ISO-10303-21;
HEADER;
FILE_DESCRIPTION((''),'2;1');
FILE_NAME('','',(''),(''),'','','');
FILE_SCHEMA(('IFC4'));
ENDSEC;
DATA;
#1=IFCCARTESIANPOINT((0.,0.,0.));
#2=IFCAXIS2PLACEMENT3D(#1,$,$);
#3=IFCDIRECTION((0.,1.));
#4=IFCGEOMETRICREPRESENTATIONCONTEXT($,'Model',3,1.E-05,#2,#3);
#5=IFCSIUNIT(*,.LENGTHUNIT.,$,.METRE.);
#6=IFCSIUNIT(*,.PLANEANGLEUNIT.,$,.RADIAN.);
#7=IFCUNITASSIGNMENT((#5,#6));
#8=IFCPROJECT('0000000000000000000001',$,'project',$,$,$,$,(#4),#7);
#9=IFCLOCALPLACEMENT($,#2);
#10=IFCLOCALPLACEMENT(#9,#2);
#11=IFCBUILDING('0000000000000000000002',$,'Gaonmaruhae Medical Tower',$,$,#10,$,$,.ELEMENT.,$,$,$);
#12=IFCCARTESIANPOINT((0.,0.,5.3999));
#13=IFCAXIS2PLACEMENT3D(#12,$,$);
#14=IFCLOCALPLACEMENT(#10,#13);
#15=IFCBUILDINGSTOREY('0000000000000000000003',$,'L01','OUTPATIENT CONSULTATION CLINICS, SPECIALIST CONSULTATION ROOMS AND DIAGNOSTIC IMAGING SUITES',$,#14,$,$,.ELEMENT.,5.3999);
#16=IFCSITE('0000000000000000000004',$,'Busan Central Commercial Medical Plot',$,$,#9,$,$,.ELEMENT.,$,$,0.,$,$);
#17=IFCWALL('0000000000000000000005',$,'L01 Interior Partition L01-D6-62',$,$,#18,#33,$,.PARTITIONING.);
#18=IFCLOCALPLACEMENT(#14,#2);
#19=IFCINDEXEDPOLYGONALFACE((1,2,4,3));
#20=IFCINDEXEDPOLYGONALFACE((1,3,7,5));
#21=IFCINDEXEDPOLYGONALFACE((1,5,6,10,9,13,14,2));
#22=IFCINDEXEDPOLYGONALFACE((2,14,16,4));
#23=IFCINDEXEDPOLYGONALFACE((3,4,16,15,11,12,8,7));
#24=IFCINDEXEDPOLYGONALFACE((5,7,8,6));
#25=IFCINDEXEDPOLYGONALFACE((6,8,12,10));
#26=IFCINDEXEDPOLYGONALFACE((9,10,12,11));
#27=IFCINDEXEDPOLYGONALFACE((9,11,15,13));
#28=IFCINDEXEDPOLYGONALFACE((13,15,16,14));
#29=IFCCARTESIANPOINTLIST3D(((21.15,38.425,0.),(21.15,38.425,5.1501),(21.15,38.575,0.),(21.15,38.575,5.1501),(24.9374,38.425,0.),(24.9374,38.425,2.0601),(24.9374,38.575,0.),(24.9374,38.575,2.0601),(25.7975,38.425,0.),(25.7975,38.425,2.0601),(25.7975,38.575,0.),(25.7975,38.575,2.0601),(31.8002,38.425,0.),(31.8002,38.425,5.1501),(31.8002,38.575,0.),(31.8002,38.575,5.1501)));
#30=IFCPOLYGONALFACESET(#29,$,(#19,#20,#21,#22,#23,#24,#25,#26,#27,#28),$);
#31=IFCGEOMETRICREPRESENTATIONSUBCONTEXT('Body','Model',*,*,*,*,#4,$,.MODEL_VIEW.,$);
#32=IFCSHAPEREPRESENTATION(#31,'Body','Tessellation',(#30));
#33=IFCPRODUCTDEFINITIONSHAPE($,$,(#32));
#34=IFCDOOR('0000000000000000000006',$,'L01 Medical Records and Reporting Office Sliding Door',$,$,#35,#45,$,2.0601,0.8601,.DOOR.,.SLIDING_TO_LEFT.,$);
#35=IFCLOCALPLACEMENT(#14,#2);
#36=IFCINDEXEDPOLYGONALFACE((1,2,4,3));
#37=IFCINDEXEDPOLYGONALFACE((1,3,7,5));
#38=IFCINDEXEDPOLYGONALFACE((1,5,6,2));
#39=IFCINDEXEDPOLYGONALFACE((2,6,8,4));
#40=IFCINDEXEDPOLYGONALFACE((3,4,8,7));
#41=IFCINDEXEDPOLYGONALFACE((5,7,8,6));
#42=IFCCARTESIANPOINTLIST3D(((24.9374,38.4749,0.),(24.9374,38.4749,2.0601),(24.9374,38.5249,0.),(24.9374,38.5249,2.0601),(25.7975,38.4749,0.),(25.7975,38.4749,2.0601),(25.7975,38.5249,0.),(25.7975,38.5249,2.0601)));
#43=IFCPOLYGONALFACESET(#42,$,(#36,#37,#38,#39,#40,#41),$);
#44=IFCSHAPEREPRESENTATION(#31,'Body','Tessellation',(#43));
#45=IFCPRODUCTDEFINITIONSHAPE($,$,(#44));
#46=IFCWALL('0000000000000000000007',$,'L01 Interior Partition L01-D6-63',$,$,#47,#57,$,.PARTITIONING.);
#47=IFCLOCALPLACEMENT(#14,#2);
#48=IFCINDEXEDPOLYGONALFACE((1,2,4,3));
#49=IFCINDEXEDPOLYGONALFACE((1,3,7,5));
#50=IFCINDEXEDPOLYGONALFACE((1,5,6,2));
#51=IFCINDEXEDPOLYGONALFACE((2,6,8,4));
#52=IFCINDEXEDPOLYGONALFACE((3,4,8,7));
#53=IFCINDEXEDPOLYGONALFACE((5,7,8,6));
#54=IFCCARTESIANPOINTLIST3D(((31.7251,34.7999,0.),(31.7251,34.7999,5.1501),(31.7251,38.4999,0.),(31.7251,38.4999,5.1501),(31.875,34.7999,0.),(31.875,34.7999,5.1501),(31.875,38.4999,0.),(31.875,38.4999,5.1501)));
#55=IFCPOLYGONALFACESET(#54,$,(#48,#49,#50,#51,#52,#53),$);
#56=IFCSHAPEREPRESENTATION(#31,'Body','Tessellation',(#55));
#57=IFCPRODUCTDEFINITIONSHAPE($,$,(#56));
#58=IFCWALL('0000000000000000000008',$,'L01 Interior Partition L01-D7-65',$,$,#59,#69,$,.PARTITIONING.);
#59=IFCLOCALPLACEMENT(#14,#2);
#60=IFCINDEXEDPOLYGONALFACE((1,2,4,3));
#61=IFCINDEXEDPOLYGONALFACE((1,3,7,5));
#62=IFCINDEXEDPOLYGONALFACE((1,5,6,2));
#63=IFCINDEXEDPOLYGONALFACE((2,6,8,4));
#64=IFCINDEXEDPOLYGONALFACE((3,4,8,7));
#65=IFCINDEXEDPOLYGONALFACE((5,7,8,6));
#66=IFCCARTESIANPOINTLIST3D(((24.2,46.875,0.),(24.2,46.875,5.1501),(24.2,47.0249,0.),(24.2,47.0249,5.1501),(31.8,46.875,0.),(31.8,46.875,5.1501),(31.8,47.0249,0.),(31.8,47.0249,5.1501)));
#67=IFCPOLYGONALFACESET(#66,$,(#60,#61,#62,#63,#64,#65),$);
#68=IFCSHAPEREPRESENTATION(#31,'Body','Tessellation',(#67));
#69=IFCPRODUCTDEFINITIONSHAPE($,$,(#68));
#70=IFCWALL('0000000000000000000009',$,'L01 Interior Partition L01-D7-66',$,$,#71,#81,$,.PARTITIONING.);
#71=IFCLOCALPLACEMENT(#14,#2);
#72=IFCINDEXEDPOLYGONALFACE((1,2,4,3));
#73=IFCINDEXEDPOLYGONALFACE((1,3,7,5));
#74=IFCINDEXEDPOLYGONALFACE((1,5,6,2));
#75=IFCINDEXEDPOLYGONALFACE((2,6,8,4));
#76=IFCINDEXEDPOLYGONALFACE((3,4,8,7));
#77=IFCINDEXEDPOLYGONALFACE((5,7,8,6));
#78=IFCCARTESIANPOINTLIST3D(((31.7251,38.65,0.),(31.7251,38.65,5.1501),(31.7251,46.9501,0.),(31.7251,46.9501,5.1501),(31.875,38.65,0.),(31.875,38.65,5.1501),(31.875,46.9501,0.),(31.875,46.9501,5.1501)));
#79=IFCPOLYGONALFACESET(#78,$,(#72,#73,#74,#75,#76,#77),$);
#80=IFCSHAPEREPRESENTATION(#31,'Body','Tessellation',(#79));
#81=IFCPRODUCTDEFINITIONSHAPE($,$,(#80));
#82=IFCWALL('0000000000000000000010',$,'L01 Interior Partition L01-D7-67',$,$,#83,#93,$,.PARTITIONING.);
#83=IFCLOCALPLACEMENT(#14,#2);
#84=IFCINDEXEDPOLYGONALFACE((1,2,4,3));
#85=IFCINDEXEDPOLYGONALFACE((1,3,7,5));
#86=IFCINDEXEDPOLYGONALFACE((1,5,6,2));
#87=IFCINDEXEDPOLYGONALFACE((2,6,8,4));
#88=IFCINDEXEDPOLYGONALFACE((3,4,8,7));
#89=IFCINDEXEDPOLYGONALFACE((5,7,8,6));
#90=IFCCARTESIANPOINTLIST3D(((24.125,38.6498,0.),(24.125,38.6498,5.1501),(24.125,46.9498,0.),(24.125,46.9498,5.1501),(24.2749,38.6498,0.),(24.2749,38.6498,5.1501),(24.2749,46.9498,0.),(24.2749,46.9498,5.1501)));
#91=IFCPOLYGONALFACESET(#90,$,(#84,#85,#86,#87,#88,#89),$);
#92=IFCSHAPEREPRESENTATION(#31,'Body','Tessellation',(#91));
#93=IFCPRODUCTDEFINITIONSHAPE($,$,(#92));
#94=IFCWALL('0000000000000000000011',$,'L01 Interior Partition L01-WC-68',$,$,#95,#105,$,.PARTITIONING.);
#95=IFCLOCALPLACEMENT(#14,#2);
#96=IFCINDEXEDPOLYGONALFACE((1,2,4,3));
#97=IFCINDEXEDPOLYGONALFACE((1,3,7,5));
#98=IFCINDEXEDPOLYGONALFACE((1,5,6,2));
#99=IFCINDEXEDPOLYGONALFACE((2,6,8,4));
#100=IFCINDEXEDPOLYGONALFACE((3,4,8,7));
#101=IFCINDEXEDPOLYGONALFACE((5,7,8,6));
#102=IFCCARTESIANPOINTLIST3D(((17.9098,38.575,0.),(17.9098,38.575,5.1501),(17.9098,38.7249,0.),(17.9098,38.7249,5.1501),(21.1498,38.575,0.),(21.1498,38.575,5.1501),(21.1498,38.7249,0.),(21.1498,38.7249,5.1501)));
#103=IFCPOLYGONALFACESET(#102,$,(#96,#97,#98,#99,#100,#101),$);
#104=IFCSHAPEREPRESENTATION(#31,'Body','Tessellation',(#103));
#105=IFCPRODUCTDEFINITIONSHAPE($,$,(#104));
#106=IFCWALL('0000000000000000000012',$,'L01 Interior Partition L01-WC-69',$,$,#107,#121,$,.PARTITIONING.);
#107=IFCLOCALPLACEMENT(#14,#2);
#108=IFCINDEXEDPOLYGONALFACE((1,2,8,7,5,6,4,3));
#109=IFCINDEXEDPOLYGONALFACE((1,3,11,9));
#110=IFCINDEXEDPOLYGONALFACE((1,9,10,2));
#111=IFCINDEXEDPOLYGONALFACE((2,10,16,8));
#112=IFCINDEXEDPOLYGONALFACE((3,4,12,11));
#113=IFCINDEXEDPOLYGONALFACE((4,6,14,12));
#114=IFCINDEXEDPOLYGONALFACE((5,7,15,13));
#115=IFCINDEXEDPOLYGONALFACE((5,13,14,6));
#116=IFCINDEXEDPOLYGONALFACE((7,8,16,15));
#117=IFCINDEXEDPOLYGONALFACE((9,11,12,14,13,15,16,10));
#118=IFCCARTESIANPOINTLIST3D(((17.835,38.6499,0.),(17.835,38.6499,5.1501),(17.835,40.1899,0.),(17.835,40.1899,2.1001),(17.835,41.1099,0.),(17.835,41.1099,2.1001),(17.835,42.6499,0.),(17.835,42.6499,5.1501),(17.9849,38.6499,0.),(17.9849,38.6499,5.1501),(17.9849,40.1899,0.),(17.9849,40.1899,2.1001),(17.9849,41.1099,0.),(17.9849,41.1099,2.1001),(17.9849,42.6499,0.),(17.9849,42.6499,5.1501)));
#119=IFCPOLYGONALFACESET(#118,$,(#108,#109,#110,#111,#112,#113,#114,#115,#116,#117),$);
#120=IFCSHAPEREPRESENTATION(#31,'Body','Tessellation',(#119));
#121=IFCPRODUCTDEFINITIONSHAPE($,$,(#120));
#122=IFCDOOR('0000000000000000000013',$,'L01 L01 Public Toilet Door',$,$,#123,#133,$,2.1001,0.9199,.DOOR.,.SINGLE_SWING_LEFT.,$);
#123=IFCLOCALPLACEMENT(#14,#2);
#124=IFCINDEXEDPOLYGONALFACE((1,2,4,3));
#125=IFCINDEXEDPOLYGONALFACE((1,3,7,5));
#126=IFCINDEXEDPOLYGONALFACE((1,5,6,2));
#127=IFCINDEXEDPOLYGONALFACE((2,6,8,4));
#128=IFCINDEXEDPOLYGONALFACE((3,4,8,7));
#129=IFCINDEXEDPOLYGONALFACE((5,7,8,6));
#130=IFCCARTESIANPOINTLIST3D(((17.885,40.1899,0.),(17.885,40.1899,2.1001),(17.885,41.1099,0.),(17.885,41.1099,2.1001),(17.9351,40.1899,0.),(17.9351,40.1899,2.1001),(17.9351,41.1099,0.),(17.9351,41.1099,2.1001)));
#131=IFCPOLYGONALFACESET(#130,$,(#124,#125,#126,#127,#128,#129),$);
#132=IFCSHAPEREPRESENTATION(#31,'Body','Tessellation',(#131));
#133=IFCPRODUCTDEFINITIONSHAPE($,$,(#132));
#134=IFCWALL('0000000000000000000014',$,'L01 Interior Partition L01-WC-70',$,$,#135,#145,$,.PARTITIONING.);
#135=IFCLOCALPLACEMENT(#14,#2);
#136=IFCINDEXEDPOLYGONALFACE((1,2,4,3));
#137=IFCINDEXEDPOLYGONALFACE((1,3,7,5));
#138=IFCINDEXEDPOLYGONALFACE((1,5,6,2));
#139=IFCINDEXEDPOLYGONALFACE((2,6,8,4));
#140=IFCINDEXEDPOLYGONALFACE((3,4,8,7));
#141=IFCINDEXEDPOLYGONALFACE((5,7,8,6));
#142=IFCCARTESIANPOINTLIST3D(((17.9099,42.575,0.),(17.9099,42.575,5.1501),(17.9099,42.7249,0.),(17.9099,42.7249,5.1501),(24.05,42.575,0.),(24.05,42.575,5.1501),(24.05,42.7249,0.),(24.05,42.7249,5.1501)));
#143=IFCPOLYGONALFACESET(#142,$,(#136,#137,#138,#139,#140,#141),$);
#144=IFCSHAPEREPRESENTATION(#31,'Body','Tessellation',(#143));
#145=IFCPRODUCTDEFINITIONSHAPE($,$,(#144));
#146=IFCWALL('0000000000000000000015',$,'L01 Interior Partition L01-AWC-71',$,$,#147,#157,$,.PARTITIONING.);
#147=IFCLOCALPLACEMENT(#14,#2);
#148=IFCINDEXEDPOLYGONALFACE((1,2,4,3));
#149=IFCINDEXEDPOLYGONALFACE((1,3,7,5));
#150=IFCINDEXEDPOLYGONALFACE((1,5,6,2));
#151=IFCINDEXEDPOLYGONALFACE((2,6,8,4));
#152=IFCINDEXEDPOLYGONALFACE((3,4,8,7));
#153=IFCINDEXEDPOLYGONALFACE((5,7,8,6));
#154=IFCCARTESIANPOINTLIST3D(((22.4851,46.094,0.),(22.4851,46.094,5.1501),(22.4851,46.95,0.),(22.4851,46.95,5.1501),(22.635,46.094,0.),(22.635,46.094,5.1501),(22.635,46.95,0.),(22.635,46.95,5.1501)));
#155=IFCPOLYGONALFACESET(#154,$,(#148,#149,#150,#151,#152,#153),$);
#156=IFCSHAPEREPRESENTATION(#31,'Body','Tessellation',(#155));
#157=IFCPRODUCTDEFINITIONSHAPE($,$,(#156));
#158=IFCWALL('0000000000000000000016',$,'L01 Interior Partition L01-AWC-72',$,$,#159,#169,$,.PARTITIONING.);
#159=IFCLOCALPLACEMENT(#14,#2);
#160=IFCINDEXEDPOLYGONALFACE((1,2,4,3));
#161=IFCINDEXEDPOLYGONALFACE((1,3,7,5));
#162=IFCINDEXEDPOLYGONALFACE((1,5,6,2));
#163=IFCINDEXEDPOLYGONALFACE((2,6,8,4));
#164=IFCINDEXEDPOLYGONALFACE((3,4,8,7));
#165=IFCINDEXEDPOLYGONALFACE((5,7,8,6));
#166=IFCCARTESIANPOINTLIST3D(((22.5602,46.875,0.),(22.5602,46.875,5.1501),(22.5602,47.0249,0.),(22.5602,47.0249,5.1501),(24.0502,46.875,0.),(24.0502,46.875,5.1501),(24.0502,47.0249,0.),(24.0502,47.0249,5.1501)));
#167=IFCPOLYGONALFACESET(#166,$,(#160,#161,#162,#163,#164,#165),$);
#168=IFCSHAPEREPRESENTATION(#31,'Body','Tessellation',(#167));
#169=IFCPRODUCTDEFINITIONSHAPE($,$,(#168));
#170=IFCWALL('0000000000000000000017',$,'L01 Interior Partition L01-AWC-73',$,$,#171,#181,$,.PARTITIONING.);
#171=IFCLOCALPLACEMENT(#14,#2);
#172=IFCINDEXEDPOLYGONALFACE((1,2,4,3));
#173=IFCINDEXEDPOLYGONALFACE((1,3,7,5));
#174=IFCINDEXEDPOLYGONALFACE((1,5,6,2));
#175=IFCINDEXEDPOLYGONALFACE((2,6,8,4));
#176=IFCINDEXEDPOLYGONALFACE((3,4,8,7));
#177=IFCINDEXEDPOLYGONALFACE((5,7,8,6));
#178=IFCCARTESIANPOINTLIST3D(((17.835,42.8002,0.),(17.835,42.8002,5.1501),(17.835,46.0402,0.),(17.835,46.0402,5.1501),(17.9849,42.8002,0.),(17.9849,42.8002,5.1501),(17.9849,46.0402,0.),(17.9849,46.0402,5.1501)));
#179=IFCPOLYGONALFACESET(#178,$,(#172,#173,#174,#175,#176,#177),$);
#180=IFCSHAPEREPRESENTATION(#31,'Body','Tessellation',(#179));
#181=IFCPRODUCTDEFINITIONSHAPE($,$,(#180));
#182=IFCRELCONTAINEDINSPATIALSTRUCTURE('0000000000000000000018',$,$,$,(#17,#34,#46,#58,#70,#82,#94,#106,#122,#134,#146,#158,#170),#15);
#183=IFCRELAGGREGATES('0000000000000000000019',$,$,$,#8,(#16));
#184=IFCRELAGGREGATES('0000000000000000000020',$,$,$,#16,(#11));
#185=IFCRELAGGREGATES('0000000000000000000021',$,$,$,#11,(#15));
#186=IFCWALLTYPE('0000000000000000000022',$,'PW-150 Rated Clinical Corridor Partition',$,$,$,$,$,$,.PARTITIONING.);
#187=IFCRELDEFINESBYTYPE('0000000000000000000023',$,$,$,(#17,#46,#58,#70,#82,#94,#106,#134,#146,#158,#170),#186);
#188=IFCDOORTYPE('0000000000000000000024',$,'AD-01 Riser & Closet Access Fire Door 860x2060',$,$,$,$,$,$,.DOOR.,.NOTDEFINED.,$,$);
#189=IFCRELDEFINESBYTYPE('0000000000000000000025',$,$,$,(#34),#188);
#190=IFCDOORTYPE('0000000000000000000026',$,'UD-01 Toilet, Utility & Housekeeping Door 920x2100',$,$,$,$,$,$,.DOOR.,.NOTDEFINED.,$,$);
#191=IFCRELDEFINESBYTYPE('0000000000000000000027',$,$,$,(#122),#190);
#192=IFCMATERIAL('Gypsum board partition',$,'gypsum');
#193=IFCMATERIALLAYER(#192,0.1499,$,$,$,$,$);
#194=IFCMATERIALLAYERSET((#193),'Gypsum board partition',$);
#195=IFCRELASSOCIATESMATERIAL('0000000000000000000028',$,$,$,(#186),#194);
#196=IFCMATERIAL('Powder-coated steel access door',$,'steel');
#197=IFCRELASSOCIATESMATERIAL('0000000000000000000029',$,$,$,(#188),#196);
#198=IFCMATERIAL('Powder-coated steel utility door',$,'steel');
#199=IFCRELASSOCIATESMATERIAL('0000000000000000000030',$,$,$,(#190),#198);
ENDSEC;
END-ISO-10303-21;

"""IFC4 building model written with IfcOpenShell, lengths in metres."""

from ifc_helpers import new_model, si_unit, direction, frame, frame_2d, origin, place, context, subcontext, project, spatial, rectangle, extrude, material, layer, layer_set, type_object, element, fill, save


model = new_model("IFC4")

# Units and contexts
model_context = context("Model", 3, precision=1e-05, world=origin(), true_north=direction((0.0, 1.0)))
body_context = subcontext(model_context, "Body", "Model", "MODEL_VIEW")
ifc_project = project(units=[si_unit("LENGTHUNIT", "METRE"), si_unit("PLANEANGLEUNIT", "RADIAN")], contexts=[model_context])

# Site, building, storey
site_placement = place(None, origin())
site = spatial("IfcSite", under=ifc_project, at=site_placement, Name="Busan Central Commercial Medical Plot", CompositionType="ELEMENT", RefElevation=0.0)
building_placement = place(site_placement, origin())
building = spatial("IfcBuilding", under=site, at=building_placement, Name="Gaonmaruhae Medical Tower", CompositionType="ELEMENT")
storey_placement = place(building_placement, frame((0.0, 0.0, 5.3999)))
storey = spatial("IfcBuildingStorey", under=building, at=storey_placement, Name="L01", Description="OUTPATIENT CONSULTATION CLINICS, SPECIALIST CONSULTATION ROOMS AND DIAGNOSTIC IMAGING SUITES", CompositionType="ELEMENT", Elevation=5.3999)

# Wall, opening, door
ifc_material_1 = material(Name="Gypsum board partition", Category="gypsum")
ifc_layer_1 = layer(ifc_material_1, 0.1499)
ifc_layer_set_1 = layer_set([ifc_layer_1], Name="Gypsum board partition")
wall_type_1 = type_object("IfcWallType", Name="PW-150 Rated Clinical Corridor Partition", PredefinedType="PARTITIONING", material=ifc_layer_set_1)
wall_1_placement = place(storey_placement, frame((21.1499, 38.5, 0.0), z_axis=(0.0, 0.0, 1.0), x_axis=(1.0, 0.0, 0.0)))
wall_1 = element("IfcWall", 1, at=wall_1_placement, inside=storey, type_object=wall_type_1, Name="L01 Interior Partition L01-D6-62", PredefinedType="PARTITIONING", context=body_context, shape_type="SweptSolid", body=[
    extrude(rectangle(XDim=10.6501, YDim=0.1499, at=frame_2d((5.3252, 0.0))), origin(), (0.0, 0.0, 1.0), 5.1501),
])
opening_1_placement = place(wall_1_placement, frame((3.7874, 0.0, 0.0)))
opening_1 = element("IfcOpeningElement", 2, at=opening_1_placement, cuts=wall_1, PredefinedType="OPENING", context=body_context, shape_type="SweptSolid", body=[
    extrude(rectangle(XDim=0.8601, YDim=2.0601, at=frame_2d((0.4302, 1.03))), frame((0.0, 0.085, 0.0), z_axis=(0.0, -1.0, 0.0), x_axis=(1.0, 0.0, 0.0)), (0.0, 0.0, 1.0), 0.1699),
])
ifc_material_2 = material(Name="Powder-coated steel access door", Category="steel")
door_type_1 = type_object("IfcDoorType", Name="AD-01 Riser & Closet Access Fire Door 860x2060", OperationType="NOTDEFINED", PredefinedType="DOOR", material=ifc_material_2)
door_1_placement = place(opening_1_placement, origin())
door_1 = element("IfcDoor", 3, at=door_1_placement, inside=storey, type_object=door_type_1, Name="L01 Medical Records and Reporting Office Sliding Door", OperationType="SLIDING_TO_LEFT", OverallHeight=2.0601, OverallWidth=0.8601, PredefinedType="DOOR", context=body_context, shape_type="SweptSolid", body=[
    extrude(rectangle(XDim=0.8601, YDim=2.0601, at=frame_2d((0.4302, 1.03))), frame((0.0, 0.0249, 0.0), z_axis=(0.0, -1.0, 0.0), x_axis=(1.0, 0.0, 0.0)), (0.0, 0.0, 1.0), 0.05),
])
fill(opening_1, door_1)

# Walls
wall_2_placement = place(storey_placement, frame((31.8, 38.5, 0.0), z_axis=(0.0, 0.0, 1.0), x_axis=(0.0, -1.0, 0.0)))
element("IfcWall", 4, at=wall_2_placement, inside=storey, type_object=wall_type_1, Name="L01 Interior Partition L01-D6-63", PredefinedType="PARTITIONING", context=body_context, shape_type="SweptSolid", body=[
    extrude(rectangle(XDim=3.7, YDim=0.1499, at=frame_2d((1.8501, 0.0))), origin(), (0.0, 0.0, 1.0), 5.1501),
])
wall_3_placement = place(storey_placement, frame((24.2, 46.95, 0.0), z_axis=(0.0, 0.0, 1.0), x_axis=(1.0, 0.0, 0.0)))
element("IfcWall", 5, at=wall_3_placement, inside=storey, type_object=wall_type_1, Name="L01 Interior Partition L01-D7-65", PredefinedType="PARTITIONING", context=body_context, shape_type="SweptSolid", body=[
    extrude(rectangle(XDim=7.6001, YDim=0.1499, at=frame_2d((3.8, 0.0))), origin(), (0.0, 0.0, 1.0), 5.1501),
])
for number, where, z_axis, x_axis, name in (
    (6, (31.8, 46.95, 0.0), (0.0, 0.0, 1.0), (0.0, -1.0, 0.0), "L01 Interior Partition L01-D7-66"),
    (7, (24.2, 38.6499, 0.0), (0.0, 0.0, 1.0), (0.0, 1.0, 0.0), "L01 Interior Partition L01-D7-67"),
):
    element("IfcWall", number, at=place(storey_placement, frame(where, z_axis=z_axis, x_axis=x_axis)), inside=storey, type_object=wall_type_1, Name=name, PredefinedType="PARTITIONING", context=body_context, shape_type="SweptSolid", body=[
        extrude(rectangle(XDim=8.3, YDim=0.1499, at=frame_2d((4.1499, 0.0))), origin(), (0.0, 0.0, 1.0), 5.1501),
    ])
wall_4_placement = place(storey_placement, frame((21.1499, 38.6499, 0.0), z_axis=(0.0, 0.0, 1.0), x_axis=(-1.0, 0.0, 0.0)))
element("IfcWall", 8, at=wall_4_placement, inside=storey, type_object=wall_type_1, Name="L01 Interior Partition L01-WC-68", PredefinedType="PARTITIONING", context=body_context, shape_type="SweptSolid", body=[
    extrude(rectangle(XDim=3.24, YDim=0.1499, at=frame_2d((1.6201, 0.0))), origin(), (0.0, 0.0, 1.0), 5.1501),
])

# Wall, opening, door
wall_5_placement = place(storey_placement, frame((17.9099, 38.6499, 0.0), z_axis=(0.0, 0.0, 1.0), x_axis=(0.0, 1.0, 0.0)))
wall_5 = element("IfcWall", 9, at=wall_5_placement, inside=storey, type_object=wall_type_1, Name="L01 Interior Partition L01-WC-69", PredefinedType="PARTITIONING", context=body_context, shape_type="SweptSolid", body=[
    extrude(rectangle(XDim=4.0, YDim=0.1499, at=frame_2d((2.0, 0.0))), origin(), (0.0, 0.0, 1.0), 5.1501),
])
opening_2_placement = place(wall_5_placement, frame((1.54, 0.0, 0.0)))
opening_2 = element("IfcOpeningElement", 10, at=opening_2_placement, cuts=wall_5, PredefinedType="OPENING", context=body_context, shape_type="SweptSolid", body=[
    extrude(rectangle(XDim=0.9199, YDim=2.1001, at=frame_2d((0.46, 1.05))), frame((0.0, 0.085, 0.0), z_axis=(0.0, -1.0, 0.0), x_axis=(1.0, 0.0, 0.0)), (0.0, 0.0, 1.0), 0.1699),
])
ifc_material_3 = material(Name="Powder-coated steel utility door", Category="steel")
door_type_2 = type_object("IfcDoorType", Name="UD-01 Toilet, Utility & Housekeeping Door 920x2100", OperationType="NOTDEFINED", PredefinedType="DOOR", material=ifc_material_3)
door_2_placement = place(opening_2_placement, origin())
door_2 = element("IfcDoor", 11, at=door_2_placement, inside=storey, type_object=door_type_2, Name="L01 L01 Public Toilet Door", OperationType="SINGLE_SWING_LEFT", OverallHeight=2.1001, OverallWidth=0.9199, PredefinedType="DOOR", context=body_context, shape_type="SweptSolid", body=[
    extrude(rectangle(XDim=0.9199, YDim=2.1001, at=frame_2d((0.46, 1.05))), frame((0.0, 0.0249, 0.0), z_axis=(0.0, -1.0, 0.0), x_axis=(1.0, 0.0, 0.0)), (0.0, 0.0, 1.0), 0.05),
])
fill(opening_2, door_2)

# Walls
wall_6_placement = place(storey_placement, frame((17.9099, 42.6499, 0.0), z_axis=(0.0, 0.0, 1.0), x_axis=(1.0, 0.0, 0.0)))
element("IfcWall", 12, at=wall_6_placement, inside=storey, type_object=wall_type_1, Name="L01 Interior Partition L01-WC-70", PredefinedType="PARTITIONING", context=body_context, shape_type="SweptSolid", body=[
    extrude(rectangle(XDim=6.1401, YDim=0.1499, at=frame_2d((3.0701, 0.0))), origin(), (0.0, 0.0, 1.0), 5.1501),
])
wall_7_placement = place(storey_placement, frame((22.5601, 46.094, 0.0), z_axis=(0.0, 0.0, 1.0), x_axis=(0.0, 1.0, 0.0)))
element("IfcWall", 13, at=wall_7_placement, inside=storey, type_object=wall_type_1, Name="L01 Interior Partition L01-AWC-71", PredefinedType="PARTITIONING", context=body_context, shape_type="SweptSolid", body=[
    extrude(rectangle(XDim=0.856, YDim=0.1499, at=frame_2d((0.428, 0.0))), origin(), (0.0, 0.0, 1.0), 5.1501),
])
wall_8_placement = place(storey_placement, frame((22.5601, 46.95, 0.0), z_axis=(0.0, 0.0, 1.0), x_axis=(1.0, 0.0, 0.0)))
element("IfcWall", 14, at=wall_8_placement, inside=storey, type_object=wall_type_1, Name="L01 Interior Partition L01-AWC-72", PredefinedType="PARTITIONING", context=body_context, shape_type="SweptSolid", body=[
    extrude(rectangle(XDim=1.49, YDim=0.1499, at=frame_2d((0.7451, 0.0))), origin(), (0.0, 0.0, 1.0), 5.1501),
])
wall_9_placement = place(storey_placement, frame((17.9099, 42.8, 0.0), z_axis=(0.0, 0.0, 1.0), x_axis=(0.0, 1.0, 0.0)))
element("IfcWall", 15, at=wall_9_placement, inside=storey, type_object=wall_type_1, Name="L01 Interior Partition L01-AWC-73", PredefinedType="PARTITIONING", context=body_context, shape_type="SweptSolid", body=[
    extrude(rectangle(XDim=3.24, YDim=0.1499, at=frame_2d((1.6201, 0.0))), origin(), (0.0, 0.0, 1.0), 5.1501),
])

save(model, "model.ifc")
